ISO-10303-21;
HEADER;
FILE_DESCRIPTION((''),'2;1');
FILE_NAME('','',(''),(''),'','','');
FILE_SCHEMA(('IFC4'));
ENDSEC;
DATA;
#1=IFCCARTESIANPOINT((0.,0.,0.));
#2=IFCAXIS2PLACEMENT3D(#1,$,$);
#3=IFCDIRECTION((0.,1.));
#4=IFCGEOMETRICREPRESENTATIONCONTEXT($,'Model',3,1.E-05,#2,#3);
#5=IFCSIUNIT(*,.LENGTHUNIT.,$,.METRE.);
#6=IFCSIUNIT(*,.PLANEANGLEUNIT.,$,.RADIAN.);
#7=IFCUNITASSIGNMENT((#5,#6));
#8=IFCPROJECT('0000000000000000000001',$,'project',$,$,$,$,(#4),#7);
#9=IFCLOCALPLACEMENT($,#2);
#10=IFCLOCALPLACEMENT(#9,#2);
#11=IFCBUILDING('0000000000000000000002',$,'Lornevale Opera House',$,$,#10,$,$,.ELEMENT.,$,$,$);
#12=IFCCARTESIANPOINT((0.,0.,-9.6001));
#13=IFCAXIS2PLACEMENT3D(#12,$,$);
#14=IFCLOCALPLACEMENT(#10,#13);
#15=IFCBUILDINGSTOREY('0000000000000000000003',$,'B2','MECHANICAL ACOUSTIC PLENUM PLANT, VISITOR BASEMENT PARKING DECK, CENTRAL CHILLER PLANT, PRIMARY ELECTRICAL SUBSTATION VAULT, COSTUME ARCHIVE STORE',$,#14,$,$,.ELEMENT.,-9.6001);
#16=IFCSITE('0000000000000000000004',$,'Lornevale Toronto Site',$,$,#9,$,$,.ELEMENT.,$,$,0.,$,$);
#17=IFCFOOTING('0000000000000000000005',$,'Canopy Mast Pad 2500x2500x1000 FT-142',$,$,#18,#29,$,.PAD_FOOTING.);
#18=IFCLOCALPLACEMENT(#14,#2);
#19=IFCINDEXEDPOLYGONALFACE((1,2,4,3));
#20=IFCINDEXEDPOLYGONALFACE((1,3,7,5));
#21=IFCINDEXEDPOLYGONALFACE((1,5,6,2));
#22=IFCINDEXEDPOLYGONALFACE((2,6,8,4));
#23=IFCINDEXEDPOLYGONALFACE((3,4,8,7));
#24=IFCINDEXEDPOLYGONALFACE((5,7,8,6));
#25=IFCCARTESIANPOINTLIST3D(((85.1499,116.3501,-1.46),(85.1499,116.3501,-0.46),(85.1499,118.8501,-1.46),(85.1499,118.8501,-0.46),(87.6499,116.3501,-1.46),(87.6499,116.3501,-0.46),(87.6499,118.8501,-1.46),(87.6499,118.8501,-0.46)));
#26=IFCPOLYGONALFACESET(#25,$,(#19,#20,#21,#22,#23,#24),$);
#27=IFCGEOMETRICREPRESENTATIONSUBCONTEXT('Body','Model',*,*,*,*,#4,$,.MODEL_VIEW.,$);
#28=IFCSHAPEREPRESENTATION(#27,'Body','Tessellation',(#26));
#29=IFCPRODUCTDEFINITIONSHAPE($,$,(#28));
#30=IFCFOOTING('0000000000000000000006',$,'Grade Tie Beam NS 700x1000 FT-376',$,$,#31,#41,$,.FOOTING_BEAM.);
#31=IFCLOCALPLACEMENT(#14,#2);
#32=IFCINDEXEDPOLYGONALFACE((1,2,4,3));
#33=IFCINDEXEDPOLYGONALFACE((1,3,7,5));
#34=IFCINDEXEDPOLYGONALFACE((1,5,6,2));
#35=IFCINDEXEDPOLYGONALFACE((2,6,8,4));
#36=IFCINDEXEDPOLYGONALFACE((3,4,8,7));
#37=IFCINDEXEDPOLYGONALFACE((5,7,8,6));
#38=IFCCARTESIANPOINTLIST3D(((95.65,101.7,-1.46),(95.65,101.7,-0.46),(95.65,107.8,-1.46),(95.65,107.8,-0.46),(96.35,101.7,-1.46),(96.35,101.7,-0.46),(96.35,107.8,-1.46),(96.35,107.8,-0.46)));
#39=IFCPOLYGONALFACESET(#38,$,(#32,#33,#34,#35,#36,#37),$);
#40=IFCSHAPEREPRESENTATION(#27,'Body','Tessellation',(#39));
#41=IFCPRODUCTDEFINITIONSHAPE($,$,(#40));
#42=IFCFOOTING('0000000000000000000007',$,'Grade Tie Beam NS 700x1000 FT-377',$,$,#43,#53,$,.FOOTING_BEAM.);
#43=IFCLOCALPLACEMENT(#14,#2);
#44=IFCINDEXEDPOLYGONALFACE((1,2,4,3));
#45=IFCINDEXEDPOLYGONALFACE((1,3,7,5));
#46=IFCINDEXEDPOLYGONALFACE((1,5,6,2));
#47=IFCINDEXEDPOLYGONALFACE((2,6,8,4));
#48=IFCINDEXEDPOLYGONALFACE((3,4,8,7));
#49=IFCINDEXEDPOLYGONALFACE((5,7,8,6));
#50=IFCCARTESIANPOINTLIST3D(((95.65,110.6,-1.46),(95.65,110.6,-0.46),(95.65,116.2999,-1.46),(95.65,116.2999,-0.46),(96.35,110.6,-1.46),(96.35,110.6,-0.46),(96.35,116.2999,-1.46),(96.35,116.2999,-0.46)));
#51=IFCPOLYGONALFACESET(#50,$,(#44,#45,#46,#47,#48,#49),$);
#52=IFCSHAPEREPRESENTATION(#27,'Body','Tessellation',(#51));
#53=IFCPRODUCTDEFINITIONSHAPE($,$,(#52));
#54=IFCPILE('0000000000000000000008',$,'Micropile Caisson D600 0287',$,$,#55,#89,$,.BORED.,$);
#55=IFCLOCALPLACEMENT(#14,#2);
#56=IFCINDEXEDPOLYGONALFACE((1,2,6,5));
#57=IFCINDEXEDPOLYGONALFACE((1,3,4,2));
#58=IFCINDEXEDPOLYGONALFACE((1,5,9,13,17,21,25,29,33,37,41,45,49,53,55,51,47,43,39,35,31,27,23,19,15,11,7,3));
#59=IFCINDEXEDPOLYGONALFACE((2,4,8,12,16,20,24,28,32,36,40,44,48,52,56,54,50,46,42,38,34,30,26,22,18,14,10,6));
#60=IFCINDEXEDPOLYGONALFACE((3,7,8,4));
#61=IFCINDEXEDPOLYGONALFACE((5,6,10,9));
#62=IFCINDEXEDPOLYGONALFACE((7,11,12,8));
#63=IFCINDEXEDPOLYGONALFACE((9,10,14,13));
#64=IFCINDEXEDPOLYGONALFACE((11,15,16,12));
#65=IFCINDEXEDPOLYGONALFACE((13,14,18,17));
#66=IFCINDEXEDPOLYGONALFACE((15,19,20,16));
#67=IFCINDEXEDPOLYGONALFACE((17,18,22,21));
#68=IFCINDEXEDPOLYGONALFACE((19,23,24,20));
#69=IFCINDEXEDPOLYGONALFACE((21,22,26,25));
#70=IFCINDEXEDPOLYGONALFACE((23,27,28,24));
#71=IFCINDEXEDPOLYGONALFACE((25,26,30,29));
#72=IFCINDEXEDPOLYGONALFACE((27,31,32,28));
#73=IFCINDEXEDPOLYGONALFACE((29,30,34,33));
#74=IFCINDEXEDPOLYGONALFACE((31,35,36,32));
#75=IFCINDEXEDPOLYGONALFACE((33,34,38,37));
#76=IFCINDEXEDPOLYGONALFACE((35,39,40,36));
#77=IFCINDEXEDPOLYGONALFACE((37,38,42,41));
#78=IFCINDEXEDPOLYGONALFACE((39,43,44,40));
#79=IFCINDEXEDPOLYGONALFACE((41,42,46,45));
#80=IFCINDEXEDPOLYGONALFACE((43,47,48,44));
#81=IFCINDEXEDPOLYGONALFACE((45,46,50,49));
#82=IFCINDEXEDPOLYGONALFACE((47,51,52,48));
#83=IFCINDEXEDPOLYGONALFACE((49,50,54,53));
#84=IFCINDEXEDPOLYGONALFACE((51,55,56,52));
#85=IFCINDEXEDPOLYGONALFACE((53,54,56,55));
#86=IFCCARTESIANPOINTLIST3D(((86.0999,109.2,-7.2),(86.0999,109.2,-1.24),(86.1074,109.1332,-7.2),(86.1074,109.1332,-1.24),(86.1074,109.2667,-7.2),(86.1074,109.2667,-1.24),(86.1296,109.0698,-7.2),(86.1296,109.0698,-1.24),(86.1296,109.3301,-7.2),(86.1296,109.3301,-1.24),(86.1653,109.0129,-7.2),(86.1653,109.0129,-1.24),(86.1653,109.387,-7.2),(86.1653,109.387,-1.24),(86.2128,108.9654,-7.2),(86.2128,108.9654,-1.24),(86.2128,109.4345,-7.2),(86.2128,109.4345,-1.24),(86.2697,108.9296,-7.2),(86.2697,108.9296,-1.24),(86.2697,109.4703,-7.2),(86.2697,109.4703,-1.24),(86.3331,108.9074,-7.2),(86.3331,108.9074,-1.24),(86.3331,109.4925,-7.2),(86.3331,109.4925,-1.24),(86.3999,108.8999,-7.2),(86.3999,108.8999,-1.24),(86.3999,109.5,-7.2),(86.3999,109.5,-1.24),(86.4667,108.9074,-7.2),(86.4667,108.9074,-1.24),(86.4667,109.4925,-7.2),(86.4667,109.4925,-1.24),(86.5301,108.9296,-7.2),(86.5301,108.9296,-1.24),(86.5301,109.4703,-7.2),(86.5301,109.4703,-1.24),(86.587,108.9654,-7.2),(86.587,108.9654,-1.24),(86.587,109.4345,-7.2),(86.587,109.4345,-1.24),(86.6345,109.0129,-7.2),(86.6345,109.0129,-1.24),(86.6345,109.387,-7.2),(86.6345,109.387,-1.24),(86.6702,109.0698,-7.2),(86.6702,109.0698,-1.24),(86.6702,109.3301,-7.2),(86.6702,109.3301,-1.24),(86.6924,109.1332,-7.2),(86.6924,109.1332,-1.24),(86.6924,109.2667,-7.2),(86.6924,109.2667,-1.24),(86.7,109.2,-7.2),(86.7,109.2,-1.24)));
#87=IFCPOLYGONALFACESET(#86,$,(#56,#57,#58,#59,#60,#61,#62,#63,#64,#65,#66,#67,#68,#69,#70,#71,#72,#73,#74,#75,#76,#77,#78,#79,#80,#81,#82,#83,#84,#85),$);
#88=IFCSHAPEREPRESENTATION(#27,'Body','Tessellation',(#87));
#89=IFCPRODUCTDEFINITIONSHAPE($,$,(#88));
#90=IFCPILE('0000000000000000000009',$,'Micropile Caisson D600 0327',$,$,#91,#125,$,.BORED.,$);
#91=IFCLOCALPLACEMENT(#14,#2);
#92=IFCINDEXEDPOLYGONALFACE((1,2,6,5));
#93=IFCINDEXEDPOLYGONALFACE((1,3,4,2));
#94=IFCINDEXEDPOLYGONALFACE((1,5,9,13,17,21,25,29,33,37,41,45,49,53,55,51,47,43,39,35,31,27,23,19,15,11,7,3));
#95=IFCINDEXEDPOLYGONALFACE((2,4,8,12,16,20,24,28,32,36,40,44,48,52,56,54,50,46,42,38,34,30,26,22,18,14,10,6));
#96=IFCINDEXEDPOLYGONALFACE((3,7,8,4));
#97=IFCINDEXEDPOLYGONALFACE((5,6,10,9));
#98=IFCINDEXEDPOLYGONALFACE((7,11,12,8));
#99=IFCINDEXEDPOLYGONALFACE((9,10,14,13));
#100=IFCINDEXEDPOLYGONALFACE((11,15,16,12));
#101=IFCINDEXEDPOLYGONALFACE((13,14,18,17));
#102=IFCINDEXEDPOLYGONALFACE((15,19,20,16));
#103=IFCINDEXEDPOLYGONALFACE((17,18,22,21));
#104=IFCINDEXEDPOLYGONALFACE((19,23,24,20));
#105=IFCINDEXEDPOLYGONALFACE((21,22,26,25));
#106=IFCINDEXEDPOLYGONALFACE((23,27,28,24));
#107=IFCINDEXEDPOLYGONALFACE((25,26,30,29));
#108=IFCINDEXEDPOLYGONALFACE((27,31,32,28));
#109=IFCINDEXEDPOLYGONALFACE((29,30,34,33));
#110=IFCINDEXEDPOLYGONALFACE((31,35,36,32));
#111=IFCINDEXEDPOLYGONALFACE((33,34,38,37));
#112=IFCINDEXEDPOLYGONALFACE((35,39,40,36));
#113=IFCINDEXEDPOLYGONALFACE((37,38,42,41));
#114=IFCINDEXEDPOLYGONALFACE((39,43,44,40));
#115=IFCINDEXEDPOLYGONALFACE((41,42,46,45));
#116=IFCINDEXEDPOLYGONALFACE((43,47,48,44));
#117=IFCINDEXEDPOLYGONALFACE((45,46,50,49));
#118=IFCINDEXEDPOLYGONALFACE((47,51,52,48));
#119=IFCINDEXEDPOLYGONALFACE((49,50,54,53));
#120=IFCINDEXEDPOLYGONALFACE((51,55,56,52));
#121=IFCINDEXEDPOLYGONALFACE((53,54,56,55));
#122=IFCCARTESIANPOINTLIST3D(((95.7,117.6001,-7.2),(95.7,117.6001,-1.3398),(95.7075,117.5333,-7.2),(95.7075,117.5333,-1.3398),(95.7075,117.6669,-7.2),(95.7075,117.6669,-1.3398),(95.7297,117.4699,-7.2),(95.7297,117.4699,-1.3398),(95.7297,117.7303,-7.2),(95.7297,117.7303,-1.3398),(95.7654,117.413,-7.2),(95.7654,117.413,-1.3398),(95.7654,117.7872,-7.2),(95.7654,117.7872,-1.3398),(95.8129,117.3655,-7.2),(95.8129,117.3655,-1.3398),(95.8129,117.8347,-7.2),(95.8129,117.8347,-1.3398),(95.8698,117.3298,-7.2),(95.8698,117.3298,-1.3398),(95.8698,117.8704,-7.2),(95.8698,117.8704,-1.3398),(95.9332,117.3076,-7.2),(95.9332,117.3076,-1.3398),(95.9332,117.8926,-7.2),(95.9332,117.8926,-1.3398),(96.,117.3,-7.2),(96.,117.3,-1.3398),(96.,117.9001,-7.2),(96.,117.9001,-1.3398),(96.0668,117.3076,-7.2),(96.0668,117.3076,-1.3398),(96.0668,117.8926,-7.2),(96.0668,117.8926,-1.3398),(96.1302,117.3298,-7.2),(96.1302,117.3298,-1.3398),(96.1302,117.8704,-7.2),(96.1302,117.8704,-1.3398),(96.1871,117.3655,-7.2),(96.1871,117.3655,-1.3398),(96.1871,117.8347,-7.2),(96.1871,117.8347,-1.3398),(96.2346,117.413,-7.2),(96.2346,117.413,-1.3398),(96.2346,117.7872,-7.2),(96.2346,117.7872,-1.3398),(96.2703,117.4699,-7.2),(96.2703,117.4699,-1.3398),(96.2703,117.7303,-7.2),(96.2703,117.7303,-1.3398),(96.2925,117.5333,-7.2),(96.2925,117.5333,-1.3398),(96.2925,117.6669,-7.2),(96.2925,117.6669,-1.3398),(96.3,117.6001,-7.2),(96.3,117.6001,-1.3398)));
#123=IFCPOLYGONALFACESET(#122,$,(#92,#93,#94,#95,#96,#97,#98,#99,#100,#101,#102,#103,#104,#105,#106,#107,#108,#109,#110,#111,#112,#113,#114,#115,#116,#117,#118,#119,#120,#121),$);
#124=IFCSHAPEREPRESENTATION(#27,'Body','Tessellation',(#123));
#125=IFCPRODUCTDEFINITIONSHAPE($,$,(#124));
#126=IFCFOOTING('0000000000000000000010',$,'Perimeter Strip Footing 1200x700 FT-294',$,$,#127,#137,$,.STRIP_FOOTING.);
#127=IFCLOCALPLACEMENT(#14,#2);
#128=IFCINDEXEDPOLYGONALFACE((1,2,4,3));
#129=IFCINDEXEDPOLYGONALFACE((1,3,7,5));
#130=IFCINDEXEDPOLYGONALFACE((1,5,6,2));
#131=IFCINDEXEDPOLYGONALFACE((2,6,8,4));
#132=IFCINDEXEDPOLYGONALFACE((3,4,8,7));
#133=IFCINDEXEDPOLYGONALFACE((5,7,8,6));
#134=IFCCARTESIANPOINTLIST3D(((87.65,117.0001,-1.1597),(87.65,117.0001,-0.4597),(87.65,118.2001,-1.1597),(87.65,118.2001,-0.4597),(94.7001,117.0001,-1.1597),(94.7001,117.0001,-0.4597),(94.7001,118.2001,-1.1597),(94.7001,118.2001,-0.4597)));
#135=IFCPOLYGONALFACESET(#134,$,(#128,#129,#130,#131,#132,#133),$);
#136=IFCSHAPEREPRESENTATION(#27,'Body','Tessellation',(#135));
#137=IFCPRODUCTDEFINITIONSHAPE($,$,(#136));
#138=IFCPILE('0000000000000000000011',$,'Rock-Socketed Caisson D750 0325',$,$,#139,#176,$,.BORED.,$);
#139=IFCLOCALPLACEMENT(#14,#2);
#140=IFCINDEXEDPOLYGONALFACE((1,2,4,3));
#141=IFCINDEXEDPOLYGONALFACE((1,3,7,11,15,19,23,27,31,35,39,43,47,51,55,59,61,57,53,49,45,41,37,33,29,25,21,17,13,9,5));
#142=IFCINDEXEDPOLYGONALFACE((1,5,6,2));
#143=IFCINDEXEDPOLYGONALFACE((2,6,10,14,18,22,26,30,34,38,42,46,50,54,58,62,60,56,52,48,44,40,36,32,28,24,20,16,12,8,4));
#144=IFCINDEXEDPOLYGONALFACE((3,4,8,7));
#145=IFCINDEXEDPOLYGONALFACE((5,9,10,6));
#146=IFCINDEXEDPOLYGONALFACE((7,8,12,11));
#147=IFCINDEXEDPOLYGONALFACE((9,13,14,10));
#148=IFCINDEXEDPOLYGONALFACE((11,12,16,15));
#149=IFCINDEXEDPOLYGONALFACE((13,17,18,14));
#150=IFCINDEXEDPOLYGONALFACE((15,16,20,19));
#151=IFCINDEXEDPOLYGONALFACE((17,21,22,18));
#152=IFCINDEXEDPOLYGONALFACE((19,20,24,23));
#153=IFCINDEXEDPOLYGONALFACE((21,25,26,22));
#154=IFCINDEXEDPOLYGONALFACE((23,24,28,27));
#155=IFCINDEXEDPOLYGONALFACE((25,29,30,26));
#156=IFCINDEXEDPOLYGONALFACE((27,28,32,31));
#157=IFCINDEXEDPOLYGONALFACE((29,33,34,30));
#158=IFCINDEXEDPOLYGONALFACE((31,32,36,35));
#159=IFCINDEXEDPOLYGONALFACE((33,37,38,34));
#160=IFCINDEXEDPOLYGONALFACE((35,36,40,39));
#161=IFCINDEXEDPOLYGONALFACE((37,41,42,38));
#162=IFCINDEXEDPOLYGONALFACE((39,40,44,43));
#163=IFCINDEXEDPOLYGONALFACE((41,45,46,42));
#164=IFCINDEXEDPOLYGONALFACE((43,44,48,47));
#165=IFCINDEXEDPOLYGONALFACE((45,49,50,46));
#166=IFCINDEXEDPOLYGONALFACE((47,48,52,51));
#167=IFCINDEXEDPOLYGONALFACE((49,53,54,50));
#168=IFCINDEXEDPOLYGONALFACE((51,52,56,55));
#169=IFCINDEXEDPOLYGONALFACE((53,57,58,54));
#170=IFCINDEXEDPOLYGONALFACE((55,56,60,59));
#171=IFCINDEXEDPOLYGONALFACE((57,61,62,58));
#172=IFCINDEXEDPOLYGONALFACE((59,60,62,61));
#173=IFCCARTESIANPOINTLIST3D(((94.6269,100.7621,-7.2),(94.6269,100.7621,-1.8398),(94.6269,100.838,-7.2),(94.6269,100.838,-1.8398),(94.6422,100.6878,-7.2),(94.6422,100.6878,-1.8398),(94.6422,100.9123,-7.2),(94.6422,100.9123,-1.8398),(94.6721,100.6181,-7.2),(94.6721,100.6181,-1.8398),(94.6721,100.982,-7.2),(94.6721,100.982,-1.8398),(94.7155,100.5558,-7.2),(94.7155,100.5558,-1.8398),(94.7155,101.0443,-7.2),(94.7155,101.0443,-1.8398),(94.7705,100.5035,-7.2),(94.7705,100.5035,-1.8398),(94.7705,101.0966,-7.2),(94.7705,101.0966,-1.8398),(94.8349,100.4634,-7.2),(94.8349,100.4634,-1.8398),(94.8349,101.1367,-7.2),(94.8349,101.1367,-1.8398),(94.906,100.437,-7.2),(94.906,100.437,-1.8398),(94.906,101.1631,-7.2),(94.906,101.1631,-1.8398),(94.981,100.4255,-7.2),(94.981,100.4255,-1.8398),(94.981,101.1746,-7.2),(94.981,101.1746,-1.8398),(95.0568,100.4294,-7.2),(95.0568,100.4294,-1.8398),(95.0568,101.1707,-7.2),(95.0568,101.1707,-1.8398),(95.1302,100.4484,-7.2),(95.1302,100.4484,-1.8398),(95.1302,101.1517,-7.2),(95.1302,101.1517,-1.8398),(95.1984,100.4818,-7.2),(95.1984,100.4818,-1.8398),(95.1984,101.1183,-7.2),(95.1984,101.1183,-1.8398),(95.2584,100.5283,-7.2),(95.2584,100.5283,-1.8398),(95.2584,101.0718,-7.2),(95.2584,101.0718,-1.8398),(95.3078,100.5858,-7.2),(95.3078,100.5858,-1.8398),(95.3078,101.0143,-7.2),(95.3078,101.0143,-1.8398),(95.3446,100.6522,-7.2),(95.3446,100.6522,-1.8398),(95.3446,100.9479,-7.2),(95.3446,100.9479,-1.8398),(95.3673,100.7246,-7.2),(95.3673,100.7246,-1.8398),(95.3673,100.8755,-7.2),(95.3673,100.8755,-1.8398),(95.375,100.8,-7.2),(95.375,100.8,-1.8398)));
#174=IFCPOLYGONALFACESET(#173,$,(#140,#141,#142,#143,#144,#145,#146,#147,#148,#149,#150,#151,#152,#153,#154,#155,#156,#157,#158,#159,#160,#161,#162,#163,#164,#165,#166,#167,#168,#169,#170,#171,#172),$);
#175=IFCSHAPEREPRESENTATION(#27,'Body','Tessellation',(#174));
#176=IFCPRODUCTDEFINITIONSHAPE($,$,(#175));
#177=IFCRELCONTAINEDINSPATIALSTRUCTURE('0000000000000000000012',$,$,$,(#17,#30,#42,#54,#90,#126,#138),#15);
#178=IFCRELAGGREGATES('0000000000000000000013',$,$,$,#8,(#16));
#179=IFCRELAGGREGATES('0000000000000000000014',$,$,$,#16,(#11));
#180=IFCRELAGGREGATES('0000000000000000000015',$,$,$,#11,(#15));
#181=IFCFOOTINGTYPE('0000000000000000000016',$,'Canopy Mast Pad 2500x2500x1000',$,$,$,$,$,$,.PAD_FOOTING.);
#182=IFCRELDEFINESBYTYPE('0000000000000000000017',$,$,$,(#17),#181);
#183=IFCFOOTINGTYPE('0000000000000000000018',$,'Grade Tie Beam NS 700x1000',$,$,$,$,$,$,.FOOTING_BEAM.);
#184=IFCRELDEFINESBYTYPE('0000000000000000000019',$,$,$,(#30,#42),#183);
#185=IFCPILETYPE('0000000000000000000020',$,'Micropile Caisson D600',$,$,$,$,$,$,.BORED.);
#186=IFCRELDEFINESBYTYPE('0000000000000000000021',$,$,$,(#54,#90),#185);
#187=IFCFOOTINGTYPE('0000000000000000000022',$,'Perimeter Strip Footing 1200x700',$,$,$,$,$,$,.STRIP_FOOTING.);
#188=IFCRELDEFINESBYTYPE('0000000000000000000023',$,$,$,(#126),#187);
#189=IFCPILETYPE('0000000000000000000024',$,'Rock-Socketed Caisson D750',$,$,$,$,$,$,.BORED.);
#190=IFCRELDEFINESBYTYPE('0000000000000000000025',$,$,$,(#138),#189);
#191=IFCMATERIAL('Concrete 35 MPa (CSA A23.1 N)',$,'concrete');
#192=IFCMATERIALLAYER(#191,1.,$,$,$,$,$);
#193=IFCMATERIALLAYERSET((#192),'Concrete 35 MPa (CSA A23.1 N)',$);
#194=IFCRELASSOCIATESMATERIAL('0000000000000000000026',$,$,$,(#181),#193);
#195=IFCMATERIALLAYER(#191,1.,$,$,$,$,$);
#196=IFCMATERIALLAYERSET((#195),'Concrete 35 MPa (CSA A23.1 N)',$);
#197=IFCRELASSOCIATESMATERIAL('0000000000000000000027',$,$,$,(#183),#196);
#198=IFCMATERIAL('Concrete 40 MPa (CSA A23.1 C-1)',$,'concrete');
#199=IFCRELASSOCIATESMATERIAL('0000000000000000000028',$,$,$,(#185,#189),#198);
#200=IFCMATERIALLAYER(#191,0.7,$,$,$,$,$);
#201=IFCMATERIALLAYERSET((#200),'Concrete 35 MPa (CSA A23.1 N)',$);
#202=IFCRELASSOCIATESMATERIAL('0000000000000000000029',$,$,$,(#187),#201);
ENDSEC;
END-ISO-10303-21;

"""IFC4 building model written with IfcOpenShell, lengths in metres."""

from ifc_helpers import new_model, si_unit, direction, frame, origin, origin_2d, place, context, subcontext, project, spatial, rectangle, circle, extrude, material, layer, layer_set, material_profile, profile_set, type_object, element, save


model = new_model("IFC4")

# Units and contexts
model_context = context("Model", 3, precision=1e-05, world=origin(), true_north=direction((0.0, 1.0)))
body_context = subcontext(model_context, "Body", "Model", "MODEL_VIEW")
ifc_project = project(units=[si_unit("LENGTHUNIT", "METRE"), si_unit("PLANEANGLEUNIT", "RADIAN")], contexts=[model_context])

# Site, building, storey
site_placement = place(None, origin())
site = spatial("IfcSite", under=ifc_project, at=site_placement, Name="Lornevale Toronto Site", CompositionType="ELEMENT", RefElevation=0.0)
building_placement = place(site_placement, origin())
building = spatial("IfcBuilding", under=site, at=building_placement, Name="Lornevale Opera House", CompositionType="ELEMENT")
storey_placement = place(building_placement, frame((0.0, 0.0, -9.6001)))
storey = spatial("IfcBuildingStorey", under=building, at=storey_placement, Name="B2", Description="MECHANICAL ACOUSTIC PLENUM PLANT, VISITOR BASEMENT PARKING DECK, CENTRAL CHILLER PLANT, PRIMARY ELECTRICAL SUBSTATION VAULT, COSTUME ARCHIVE STORE", CompositionType="ELEMENT", Elevation=-9.6001)

# Footings
ifc_material_1 = material(Name="Concrete 35 MPa (CSA A23.1 N)", Category="concrete")
ifc_layer_1 = layer(ifc_material_1, 1.0)
ifc_layer_set_1 = layer_set([ifc_layer_1], Name="Concrete 35 MPa (CSA A23.1 N)")
footing_type_1 = type_object("IfcFootingType", Name="Canopy Mast Pad 2500x2500x1000", PredefinedType="PAD_FOOTING", material=ifc_layer_set_1)
footing_1_placement = place(storey_placement, frame((86.3999, 117.6001, -1.46), z_axis=(0.0, 0.0, 1.0), x_axis=(1.0, 0.0, 0.0)))
element("IfcFooting", 1, at=footing_1_placement, inside=storey, type_object=footing_type_1, Name="Canopy Mast Pad 2500x2500x1000 FT-142", PredefinedType="PAD_FOOTING", context=body_context, shape_type="SweptSolid", body=[
    extrude(rectangle(XDim=2.5, YDim=2.5, at=origin_2d()), origin(), (0.0, 0.0, 1.0), 1.0),
])
ifc_layer_2 = layer(ifc_material_1, 1.0)
ifc_layer_set_2 = layer_set([ifc_layer_2], Name="Concrete 35 MPa (CSA A23.1 N)")
footing_type_2 = type_object("IfcFootingType", Name="Grade Tie Beam NS 700x1000", PredefinedType="FOOTING_BEAM", material=ifc_layer_set_2)
footing_2_placement = place(storey_placement, frame((96.0, 104.75, -1.46), z_axis=(0.0, 0.0, 1.0), x_axis=(1.0, 0.0, 0.0)))
element("IfcFooting", 2, at=footing_2_placement, inside=storey, type_object=footing_type_2, Name="Grade Tie Beam NS 700x1000 FT-376", PredefinedType="FOOTING_BEAM", context=body_context, shape_type="SweptSolid", body=[
    extrude(rectangle(XDim=0.7, YDim=6.1001, at=origin_2d()), origin(), (0.0, 0.0, 1.0), 1.0),
])
footing_3_placement = place(storey_placement, frame((96.0, 113.45, -1.46), z_axis=(0.0, 0.0, 1.0), x_axis=(1.0, 0.0, 0.0)))
element("IfcFooting", 3, at=footing_3_placement, inside=storey, type_object=footing_type_2, Name="Grade Tie Beam NS 700x1000 FT-377", PredefinedType="FOOTING_BEAM", context=body_context, shape_type="SweptSolid", body=[
    extrude(rectangle(XDim=0.7, YDim=5.7, at=origin_2d()), origin(), (0.0, 0.0, 1.0), 1.0),
])

# Piles
ifc_material_2 = material(Name="Concrete 40 MPa (CSA A23.1 C-1)", Category="concrete")
ifc_material_profile_1 = material_profile(ifc_material_2, circle(Radius=0.3, at=origin_2d()), Name="CAIS600")
ifc_profile_set_1 = profile_set([ifc_material_profile_1], Name="Concrete 40 MPa (CSA A23.1 C-1)")
pile_type_1 = type_object("IfcPileType", Name="Micropile Caisson D600", PredefinedType="BORED", material=ifc_profile_set_1)
pile_1_placement = place(storey_placement, frame((86.3999, 109.2, -1.24), z_axis=(0.0, 0.0, -1.0), x_axis=(1.0, 0.0, 0.0)))
element("IfcPile", 4, at=pile_1_placement, inside=storey, type_object=pile_type_1, Name="Micropile Caisson D600 0287", PredefinedType="BORED", context=body_context, shape_type="SweptSolid", body=[
    extrude(circle(Radius=0.3, at=origin_2d()), origin(), (0.0, 0.0, 1.0), 5.96),
])
pile_2_placement = place(storey_placement, frame((96.0, 117.6001, -1.3398), z_axis=(0.0, 0.0, -1.0), x_axis=(1.0, 0.0, 0.0)))
element("IfcPile", 5, at=pile_2_placement, inside=storey, type_object=pile_type_1, Name="Micropile Caisson D600 0327", PredefinedType="BORED", context=body_context, shape_type="SweptSolid", body=[
    extrude(circle(Radius=0.3, at=origin_2d()), origin(), (0.0, 0.0, 1.0), 5.8601),
])

# Footing
ifc_layer_3 = layer(ifc_material_1, 0.7)
ifc_layer_set_3 = layer_set([ifc_layer_3], Name="Concrete 35 MPa (CSA A23.1 N)")
footing_type_3 = type_object("IfcFootingType", Name="Perimeter Strip Footing 1200x700", PredefinedType="STRIP_FOOTING", material=ifc_layer_set_3)
footing_4_placement = place(storey_placement, frame((91.175, 117.6001, -1.1597), z_axis=(0.0, 0.0, 1.0), x_axis=(1.0, 0.0, 0.0)))
element("IfcFooting", 6, at=footing_4_placement, inside=storey, type_object=footing_type_3, Name="Perimeter Strip Footing 1200x700 FT-294", PredefinedType="STRIP_FOOTING", context=body_context, shape_type="SweptSolid", body=[
    extrude(rectangle(XDim=7.05, YDim=1.2, at=origin_2d()), origin(), (0.0, 0.0, 1.0), 0.7),
])

# Pile
ifc_material_profile_2 = material_profile(ifc_material_2, circle(Radius=0.375, at=origin_2d()), Name="CAIS750")
ifc_profile_set_2 = profile_set([ifc_material_profile_2], Name="Concrete 40 MPa (CSA A23.1 C-1)")
pile_type_2 = type_object("IfcPileType", Name="Rock-Socketed Caisson D750", PredefinedType="BORED", material=ifc_profile_set_2)
for number, where, z_axis, x_axis, name in (
    (7, (95.0, 100.8, -1.8398), (0.0, 0.0, -1.0), (1.0, 0.0, 0.0), "Rock-Socketed Caisson D750 0325"),
):
    element("IfcPile", number, at=place(storey_placement, frame(where, z_axis=z_axis, x_axis=x_axis)), inside=storey, type_object=pile_type_2, Name=name, PredefinedType="BORED", context=body_context, shape_type="SweptSolid", body=[
        extrude(circle(Radius=0.375, at=origin_2d()), origin(), (0.0, 0.0, 1.0), 5.3601),
    ])

save(model, "model.ifc")
